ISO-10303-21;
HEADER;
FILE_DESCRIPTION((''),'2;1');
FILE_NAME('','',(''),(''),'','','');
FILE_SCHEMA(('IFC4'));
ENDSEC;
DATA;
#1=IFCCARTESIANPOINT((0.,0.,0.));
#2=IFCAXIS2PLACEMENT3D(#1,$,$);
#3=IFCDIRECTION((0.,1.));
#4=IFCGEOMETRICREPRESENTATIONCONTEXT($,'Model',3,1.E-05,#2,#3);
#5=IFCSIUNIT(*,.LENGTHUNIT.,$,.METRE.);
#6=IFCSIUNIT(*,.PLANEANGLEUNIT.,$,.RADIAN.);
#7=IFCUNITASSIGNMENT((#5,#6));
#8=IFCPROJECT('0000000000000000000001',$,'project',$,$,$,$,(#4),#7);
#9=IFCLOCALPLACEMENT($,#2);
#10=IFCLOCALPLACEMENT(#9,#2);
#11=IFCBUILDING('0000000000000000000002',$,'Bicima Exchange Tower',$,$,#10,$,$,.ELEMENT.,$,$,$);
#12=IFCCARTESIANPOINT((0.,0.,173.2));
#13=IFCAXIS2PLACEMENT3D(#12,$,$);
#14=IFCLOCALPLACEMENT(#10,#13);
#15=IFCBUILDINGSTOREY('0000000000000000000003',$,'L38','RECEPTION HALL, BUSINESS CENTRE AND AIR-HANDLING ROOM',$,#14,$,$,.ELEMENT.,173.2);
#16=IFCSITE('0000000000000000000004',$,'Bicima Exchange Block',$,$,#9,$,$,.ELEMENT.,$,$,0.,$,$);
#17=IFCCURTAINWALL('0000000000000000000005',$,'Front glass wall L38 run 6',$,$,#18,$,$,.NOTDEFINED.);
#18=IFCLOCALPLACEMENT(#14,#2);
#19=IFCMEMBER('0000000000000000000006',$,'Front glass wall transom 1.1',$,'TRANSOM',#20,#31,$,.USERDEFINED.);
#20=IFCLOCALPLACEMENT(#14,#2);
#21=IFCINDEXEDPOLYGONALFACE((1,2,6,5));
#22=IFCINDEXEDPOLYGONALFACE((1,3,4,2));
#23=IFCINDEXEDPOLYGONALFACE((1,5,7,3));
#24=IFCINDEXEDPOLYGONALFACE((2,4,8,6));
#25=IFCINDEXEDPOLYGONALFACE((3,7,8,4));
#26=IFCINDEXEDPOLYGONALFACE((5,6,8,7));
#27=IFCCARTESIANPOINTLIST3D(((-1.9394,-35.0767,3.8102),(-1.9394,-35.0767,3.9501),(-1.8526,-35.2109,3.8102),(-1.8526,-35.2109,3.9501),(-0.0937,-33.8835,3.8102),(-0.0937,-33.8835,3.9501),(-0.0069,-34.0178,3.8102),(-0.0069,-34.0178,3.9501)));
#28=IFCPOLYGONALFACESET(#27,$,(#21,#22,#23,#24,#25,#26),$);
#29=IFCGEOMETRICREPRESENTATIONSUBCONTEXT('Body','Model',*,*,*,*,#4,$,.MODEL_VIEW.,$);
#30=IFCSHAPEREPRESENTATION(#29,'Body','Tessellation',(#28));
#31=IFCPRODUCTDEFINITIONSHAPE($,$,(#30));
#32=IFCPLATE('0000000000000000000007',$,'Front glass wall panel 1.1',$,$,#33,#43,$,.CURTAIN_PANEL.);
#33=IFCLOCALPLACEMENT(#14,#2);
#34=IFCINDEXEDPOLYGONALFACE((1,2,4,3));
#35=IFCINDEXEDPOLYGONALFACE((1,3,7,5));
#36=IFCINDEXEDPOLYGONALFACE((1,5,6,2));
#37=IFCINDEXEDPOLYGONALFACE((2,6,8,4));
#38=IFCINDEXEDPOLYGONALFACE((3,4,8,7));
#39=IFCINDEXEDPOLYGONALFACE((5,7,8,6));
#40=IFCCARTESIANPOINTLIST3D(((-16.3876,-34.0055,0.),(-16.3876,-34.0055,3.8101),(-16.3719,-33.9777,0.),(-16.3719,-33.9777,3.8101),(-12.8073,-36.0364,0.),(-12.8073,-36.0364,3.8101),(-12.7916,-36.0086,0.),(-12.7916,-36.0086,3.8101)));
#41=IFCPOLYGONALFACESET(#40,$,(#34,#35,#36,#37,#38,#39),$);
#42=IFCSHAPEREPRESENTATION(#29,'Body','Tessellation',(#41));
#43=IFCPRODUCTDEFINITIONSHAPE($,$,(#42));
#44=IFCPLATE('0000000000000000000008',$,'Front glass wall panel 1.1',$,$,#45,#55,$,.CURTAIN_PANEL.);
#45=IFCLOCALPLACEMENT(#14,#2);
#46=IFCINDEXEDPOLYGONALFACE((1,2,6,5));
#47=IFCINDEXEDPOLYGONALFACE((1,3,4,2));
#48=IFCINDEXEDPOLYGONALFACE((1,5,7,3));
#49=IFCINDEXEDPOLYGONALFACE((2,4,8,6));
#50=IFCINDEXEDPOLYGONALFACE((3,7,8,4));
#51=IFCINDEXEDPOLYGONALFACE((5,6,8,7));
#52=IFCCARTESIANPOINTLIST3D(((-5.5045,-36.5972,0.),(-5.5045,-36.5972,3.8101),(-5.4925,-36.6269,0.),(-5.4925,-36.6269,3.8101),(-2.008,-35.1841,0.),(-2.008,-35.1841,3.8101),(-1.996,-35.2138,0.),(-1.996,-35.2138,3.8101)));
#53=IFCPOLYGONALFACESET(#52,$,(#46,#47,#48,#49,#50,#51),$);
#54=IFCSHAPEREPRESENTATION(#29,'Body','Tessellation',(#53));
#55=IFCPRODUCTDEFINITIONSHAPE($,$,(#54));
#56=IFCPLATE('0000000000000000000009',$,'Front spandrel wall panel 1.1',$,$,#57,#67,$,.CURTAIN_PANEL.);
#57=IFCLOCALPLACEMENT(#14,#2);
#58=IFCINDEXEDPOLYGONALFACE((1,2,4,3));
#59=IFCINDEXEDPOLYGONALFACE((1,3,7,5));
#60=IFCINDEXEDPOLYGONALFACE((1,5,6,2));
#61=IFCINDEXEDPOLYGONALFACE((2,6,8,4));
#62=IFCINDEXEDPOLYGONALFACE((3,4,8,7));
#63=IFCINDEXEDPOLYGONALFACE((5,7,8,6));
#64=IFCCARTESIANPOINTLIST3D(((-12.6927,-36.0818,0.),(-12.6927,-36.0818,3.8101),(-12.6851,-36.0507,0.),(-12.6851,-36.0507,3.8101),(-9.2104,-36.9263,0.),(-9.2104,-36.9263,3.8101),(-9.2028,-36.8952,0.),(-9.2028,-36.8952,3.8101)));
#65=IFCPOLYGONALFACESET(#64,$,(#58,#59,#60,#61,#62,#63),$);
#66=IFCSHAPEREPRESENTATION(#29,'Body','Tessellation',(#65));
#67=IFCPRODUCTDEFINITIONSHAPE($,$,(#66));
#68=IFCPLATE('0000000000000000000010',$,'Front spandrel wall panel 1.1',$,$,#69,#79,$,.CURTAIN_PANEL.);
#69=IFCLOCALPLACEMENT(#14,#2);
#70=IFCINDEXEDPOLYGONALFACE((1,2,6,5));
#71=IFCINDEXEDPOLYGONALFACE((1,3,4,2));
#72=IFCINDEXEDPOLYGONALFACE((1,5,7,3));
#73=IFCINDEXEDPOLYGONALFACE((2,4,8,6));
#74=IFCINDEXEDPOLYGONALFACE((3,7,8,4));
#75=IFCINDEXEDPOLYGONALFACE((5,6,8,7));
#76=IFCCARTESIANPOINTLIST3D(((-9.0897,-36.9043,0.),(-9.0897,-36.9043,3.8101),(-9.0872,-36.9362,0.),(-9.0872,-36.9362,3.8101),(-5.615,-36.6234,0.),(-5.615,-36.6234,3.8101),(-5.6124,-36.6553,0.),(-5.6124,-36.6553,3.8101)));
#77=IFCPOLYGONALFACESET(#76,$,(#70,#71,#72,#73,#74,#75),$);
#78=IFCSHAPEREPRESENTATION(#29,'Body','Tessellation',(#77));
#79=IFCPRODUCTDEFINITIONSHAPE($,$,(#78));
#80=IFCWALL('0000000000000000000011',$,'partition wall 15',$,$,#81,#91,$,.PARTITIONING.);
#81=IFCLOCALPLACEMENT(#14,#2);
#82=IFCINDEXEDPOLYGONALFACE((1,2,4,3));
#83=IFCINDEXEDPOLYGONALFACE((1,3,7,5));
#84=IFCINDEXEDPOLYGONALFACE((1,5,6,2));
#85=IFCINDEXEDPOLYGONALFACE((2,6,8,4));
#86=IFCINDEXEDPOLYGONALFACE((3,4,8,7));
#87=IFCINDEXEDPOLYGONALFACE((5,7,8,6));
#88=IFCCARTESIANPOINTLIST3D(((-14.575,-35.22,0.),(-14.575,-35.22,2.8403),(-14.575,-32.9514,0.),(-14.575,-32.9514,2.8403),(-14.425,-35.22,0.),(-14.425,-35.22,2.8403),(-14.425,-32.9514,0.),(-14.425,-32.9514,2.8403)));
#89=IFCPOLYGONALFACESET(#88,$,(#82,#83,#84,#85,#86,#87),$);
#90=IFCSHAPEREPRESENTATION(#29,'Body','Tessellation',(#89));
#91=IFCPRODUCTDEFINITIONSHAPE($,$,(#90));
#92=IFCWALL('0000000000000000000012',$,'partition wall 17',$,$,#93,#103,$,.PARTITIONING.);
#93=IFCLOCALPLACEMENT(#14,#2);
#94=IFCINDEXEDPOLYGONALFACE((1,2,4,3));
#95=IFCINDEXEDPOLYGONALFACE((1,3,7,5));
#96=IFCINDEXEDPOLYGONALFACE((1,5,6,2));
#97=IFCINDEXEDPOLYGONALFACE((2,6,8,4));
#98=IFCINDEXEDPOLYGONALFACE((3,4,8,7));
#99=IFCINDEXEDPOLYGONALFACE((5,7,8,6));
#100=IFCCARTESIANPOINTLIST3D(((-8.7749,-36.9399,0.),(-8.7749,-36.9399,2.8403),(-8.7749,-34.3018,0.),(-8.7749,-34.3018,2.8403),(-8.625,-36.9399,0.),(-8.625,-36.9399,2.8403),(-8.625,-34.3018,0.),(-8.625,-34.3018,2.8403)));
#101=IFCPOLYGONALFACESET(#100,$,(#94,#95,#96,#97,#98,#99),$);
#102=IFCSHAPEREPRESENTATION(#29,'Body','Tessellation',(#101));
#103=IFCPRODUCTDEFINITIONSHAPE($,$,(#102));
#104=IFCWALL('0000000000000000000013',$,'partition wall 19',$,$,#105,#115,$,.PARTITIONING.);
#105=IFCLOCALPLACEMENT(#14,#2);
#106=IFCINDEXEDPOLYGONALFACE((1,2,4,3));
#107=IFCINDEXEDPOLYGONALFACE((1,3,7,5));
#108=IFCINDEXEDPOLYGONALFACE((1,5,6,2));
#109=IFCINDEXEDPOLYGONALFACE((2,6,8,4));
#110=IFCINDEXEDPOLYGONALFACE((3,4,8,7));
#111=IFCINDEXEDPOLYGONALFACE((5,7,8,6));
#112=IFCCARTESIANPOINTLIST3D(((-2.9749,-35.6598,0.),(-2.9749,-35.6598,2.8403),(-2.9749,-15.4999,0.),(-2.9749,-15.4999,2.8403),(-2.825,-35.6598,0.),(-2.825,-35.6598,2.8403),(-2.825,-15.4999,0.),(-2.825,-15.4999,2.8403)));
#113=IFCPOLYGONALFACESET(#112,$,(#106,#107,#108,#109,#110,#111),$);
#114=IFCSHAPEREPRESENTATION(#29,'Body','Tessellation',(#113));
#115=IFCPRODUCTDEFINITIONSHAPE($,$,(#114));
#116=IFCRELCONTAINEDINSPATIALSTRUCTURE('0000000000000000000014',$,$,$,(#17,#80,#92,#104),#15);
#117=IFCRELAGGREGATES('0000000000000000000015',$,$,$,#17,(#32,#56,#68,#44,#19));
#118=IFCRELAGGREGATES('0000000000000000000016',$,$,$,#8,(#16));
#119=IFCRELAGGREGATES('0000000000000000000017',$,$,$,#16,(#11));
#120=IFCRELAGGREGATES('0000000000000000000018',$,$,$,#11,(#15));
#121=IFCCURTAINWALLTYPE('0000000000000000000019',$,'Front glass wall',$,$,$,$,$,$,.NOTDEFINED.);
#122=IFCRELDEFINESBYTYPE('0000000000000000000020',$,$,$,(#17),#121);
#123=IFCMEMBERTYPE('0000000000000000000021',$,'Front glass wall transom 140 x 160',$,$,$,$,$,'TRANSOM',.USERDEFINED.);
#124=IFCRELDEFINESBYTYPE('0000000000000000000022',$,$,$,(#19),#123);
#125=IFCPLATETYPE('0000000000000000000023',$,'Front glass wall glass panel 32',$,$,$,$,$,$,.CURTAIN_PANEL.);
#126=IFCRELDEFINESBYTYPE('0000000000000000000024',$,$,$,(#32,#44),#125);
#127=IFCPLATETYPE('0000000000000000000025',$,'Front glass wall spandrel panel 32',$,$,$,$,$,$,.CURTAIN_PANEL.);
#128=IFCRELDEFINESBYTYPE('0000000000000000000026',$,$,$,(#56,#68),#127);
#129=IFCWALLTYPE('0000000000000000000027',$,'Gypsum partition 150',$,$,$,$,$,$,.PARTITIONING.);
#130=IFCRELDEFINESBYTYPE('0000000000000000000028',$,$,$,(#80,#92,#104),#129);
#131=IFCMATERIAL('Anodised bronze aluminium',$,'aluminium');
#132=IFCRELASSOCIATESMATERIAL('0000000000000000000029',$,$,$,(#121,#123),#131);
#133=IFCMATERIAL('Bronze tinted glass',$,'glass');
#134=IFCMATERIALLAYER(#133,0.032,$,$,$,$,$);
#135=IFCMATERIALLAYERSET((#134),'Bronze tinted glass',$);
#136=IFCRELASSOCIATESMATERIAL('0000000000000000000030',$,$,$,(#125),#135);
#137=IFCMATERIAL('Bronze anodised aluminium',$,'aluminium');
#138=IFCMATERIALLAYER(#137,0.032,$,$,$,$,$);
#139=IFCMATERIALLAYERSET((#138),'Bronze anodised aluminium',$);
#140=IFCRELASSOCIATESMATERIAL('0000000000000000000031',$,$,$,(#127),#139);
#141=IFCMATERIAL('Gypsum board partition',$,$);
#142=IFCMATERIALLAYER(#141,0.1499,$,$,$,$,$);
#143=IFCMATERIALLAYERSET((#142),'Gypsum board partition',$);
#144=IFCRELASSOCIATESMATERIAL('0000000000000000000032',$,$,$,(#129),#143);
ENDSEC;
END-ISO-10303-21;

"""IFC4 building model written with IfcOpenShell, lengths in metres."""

from ifc_helpers import new_model, si_unit, direction, frame, frame_2d, origin, origin_2d, place, context, subcontext, project, spatial, rectangle, extrude, material, layer, layer_set, material_profile, profile_set, type_object, element, aggregate, save


model = new_model("IFC4")

# Units and contexts
model_context = context("Model", 3, precision=1e-05, world=origin(), true_north=direction((0.0, 1.0)))
body_context = subcontext(model_context, "Body", "Model", "MODEL_VIEW")
ifc_project = project(units=[si_unit("LENGTHUNIT", "METRE"), si_unit("PLANEANGLEUNIT", "RADIAN")], contexts=[model_context])

# Site, building, storey
site_placement = place(None, origin())
site = spatial("IfcSite", under=ifc_project, at=site_placement, Name="Bicima Exchange Block", CompositionType="ELEMENT", RefElevation=0.0)
building_placement = place(site_placement, origin())
building = spatial("IfcBuilding", under=site, at=building_placement, Name="Bicima Exchange Tower", CompositionType="ELEMENT")
storey_placement = place(building_placement, frame((0.0, 0.0, 173.2)))
storey = spatial("IfcBuildingStorey", under=building, at=storey_placement, Name="L38", Description="RECEPTION HALL, BUSINESS CENTRE AND AIR-HANDLING ROOM", CompositionType="ELEMENT", Elevation=173.2)

# Curtain wall, member, plates
ifc_material_1 = material(Name="Anodised bronze aluminium", Category="aluminium")
curtain_wall_type = type_object("IfcCurtainWallType", Name="Front glass wall", PredefinedType="NOTDEFINED", material=ifc_material_1)
curtain_wall_placement = place(storey_placement, origin())
curtain_wall = element("IfcCurtainWall", 1, at=curtain_wall_placement, inside=storey, type_object=curtain_wall_type, Name="Front glass wall L38 run 6", PredefinedType="NOTDEFINED")
ifc_material_profile_1 = material_profile(ifc_material_1, rectangle(XDim=0.1599, YDim=0.1399, at=origin_2d()))
ifc_profile_set_1 = profile_set([ifc_material_profile_1], Name="Anodised bronze aluminium")
member_type_1 = type_object("IfcMemberType", Name="Front glass wall transom 140 x 160", ElementType="TRANSOM", PredefinedType="USERDEFINED", material=ifc_profile_set_1)
member_1_placement = place(storey_placement, frame((-1.896, -35.1438, 3.8801), z_axis=(0.839811, 0.542878, 0.0), x_axis=(-0.542878, 0.839811, 0.0)))
member_1 = element("IfcMember", 2, at=member_1_placement, type_object=member_type_1, Name="Front glass wall transom 1.1", ObjectType="TRANSOM", PredefinedType="USERDEFINED", context=body_context, shape_type="SweptSolid", body=[
    extrude(rectangle(XDim=0.1599, YDim=0.1399, at=origin_2d()), origin(), (0.0, 0.0, 1.0), 2.1978),
])
ifc_material_2 = material(Name="Bronze tinted glass", Category="glass")
ifc_layer_1 = layer(ifc_material_2, 0.032)
ifc_layer_set_1 = layer_set([ifc_layer_1], Name="Bronze tinted glass")
plate_type_1 = type_object("IfcPlateType", Name="Front glass wall glass panel 32", PredefinedType="CURTAIN_PANEL", material=ifc_layer_set_1)
plate_1_placement = place(storey_placement, frame((-14.5896, -35.0071, 0.0), z_axis=(0.0, 0.0, 1.0), x_axis=(0.869805, -0.493395, 0.0)))
plate_1 = element("IfcPlate", 3, at=plate_1_placement, type_object=plate_type_1, Name="Front glass wall panel 1.1", PredefinedType="CURTAIN_PANEL", context=body_context, shape_type="SweptSolid", body=[
    extrude(rectangle(XDim=4.1162, YDim=0.032, at=origin_2d()), origin(), (0.0, 0.0, 1.0), 3.8101),
])
plate_2_placement = place(storey_placement, frame((-3.7502, -35.9055, 0.0), z_axis=(0.0, 0.0, 1.0), x_axis=(0.927144, 0.374705, 0.0)))
plate_2 = element("IfcPlate", 4, at=plate_2_placement, type_object=plate_type_1, Name="Front glass wall panel 1.1", PredefinedType="CURTAIN_PANEL", context=body_context, shape_type="SweptSolid", body=[
    extrude(rectangle(XDim=3.7712, YDim=0.032, at=origin_2d()), origin(), (0.0, 0.0, 1.0), 3.8101),
])
ifc_material_3 = material(Name="Bronze anodised aluminium", Category="aluminium")
ifc_layer_2 = layer(ifc_material_3, 0.032)
ifc_layer_set_2 = layer_set([ifc_layer_2], Name="Bronze anodised aluminium")
plate_type_2 = type_object("IfcPlateType", Name="Front glass wall spandrel panel 32", PredefinedType="CURTAIN_PANEL", material=ifc_layer_set_2)
plate_3_placement = place(storey_placement, frame((-10.9478, -36.4885, 0.0), z_axis=(0.0, 0.0, 1.0), x_axis=(0.97183, -0.235682, 0.0)))
plate_3 = element("IfcPlate", 5, at=plate_3_placement, type_object=plate_type_2, Name="Front spandrel wall panel 1.1", PredefinedType="CURTAIN_PANEL", context=body_context, shape_type="SweptSolid", body=[
    extrude(rectangle(XDim=3.5833, YDim=0.032, at=origin_2d()), origin(), (0.0, 0.0, 1.0), 3.8101),
])
plate_4_placement = place(storey_placement, frame((-7.3511, -36.7798, 0.0), z_axis=(0.0, 0.0, 1.0), x_axis=(0.996747, 0.080589, 0.0)))
plate_4 = element("IfcPlate", 6, at=plate_4_placement, type_object=plate_type_2, Name="Front spandrel wall panel 1.1", PredefinedType="CURTAIN_PANEL", context=body_context, shape_type="SweptSolid", body=[
    extrude(rectangle(XDim=3.4861, YDim=0.032, at=origin_2d()), origin(), (0.0, 0.0, 1.0), 3.8101),
])
aggregate(curtain_wall, [plate_1, plate_3, plate_4, plate_2, member_1])

# Walls
ifc_material_4 = material(Name="Gypsum board partition")
ifc_layer_3 = layer(ifc_material_4, 0.1499)
ifc_layer_set_3 = layer_set([ifc_layer_3], Name="Gypsum board partition")
wall_type = type_object("IfcWallType", Name="Gypsum partition 150", PredefinedType="PARTITIONING", material=ifc_layer_set_3)
wall_1_placement = place(storey_placement, frame((-14.5, -35.22, 0.0), z_axis=(0.0, 0.0, 1.0), x_axis=(0.0, 1.0, 0.0)))
element("IfcWall", 7, at=wall_1_placement, inside=storey, type_object=wall_type, Name="partition wall 15", PredefinedType="PARTITIONING", context=body_context, shape_type="SweptSolid", body=[
    extrude(rectangle(XDim=2.2686, YDim=0.1499, at=frame_2d((1.1343, 0.0))), origin(), (0.0, 0.0, 1.0), 2.8403),
])
wall_2_placement = place(storey_placement, frame((-8.7, -36.9399, 0.0), z_axis=(0.0, 0.0, 1.0), x_axis=(0.0, 1.0, 0.0)))
element("IfcWall", 8, at=wall_2_placement, inside=storey, type_object=wall_type, Name="partition wall 17", PredefinedType="PARTITIONING", context=body_context, shape_type="SweptSolid", body=[
    extrude(rectangle(XDim=2.6382, YDim=0.1499, at=frame_2d((1.3191, 0.0))), origin(), (0.0, 0.0, 1.0), 2.8403),
])
wall_3_placement = place(storey_placement, frame((-2.8999, -35.6599, 0.0), z_axis=(0.0, 0.0, 1.0), x_axis=(0.0, 1.0, 0.0)))
element("IfcWall", 9, at=wall_3_placement, inside=storey, type_object=wall_type, Name="partition wall 19", PredefinedType="PARTITIONING", context=body_context, shape_type="SweptSolid", body=[
    extrude(rectangle(XDim=20.1599, YDim=0.1499, at=frame_2d((10.0801, 0.0))), origin(), (0.0, 0.0, 1.0), 2.8403),
])

save(model, "model.ifc")
